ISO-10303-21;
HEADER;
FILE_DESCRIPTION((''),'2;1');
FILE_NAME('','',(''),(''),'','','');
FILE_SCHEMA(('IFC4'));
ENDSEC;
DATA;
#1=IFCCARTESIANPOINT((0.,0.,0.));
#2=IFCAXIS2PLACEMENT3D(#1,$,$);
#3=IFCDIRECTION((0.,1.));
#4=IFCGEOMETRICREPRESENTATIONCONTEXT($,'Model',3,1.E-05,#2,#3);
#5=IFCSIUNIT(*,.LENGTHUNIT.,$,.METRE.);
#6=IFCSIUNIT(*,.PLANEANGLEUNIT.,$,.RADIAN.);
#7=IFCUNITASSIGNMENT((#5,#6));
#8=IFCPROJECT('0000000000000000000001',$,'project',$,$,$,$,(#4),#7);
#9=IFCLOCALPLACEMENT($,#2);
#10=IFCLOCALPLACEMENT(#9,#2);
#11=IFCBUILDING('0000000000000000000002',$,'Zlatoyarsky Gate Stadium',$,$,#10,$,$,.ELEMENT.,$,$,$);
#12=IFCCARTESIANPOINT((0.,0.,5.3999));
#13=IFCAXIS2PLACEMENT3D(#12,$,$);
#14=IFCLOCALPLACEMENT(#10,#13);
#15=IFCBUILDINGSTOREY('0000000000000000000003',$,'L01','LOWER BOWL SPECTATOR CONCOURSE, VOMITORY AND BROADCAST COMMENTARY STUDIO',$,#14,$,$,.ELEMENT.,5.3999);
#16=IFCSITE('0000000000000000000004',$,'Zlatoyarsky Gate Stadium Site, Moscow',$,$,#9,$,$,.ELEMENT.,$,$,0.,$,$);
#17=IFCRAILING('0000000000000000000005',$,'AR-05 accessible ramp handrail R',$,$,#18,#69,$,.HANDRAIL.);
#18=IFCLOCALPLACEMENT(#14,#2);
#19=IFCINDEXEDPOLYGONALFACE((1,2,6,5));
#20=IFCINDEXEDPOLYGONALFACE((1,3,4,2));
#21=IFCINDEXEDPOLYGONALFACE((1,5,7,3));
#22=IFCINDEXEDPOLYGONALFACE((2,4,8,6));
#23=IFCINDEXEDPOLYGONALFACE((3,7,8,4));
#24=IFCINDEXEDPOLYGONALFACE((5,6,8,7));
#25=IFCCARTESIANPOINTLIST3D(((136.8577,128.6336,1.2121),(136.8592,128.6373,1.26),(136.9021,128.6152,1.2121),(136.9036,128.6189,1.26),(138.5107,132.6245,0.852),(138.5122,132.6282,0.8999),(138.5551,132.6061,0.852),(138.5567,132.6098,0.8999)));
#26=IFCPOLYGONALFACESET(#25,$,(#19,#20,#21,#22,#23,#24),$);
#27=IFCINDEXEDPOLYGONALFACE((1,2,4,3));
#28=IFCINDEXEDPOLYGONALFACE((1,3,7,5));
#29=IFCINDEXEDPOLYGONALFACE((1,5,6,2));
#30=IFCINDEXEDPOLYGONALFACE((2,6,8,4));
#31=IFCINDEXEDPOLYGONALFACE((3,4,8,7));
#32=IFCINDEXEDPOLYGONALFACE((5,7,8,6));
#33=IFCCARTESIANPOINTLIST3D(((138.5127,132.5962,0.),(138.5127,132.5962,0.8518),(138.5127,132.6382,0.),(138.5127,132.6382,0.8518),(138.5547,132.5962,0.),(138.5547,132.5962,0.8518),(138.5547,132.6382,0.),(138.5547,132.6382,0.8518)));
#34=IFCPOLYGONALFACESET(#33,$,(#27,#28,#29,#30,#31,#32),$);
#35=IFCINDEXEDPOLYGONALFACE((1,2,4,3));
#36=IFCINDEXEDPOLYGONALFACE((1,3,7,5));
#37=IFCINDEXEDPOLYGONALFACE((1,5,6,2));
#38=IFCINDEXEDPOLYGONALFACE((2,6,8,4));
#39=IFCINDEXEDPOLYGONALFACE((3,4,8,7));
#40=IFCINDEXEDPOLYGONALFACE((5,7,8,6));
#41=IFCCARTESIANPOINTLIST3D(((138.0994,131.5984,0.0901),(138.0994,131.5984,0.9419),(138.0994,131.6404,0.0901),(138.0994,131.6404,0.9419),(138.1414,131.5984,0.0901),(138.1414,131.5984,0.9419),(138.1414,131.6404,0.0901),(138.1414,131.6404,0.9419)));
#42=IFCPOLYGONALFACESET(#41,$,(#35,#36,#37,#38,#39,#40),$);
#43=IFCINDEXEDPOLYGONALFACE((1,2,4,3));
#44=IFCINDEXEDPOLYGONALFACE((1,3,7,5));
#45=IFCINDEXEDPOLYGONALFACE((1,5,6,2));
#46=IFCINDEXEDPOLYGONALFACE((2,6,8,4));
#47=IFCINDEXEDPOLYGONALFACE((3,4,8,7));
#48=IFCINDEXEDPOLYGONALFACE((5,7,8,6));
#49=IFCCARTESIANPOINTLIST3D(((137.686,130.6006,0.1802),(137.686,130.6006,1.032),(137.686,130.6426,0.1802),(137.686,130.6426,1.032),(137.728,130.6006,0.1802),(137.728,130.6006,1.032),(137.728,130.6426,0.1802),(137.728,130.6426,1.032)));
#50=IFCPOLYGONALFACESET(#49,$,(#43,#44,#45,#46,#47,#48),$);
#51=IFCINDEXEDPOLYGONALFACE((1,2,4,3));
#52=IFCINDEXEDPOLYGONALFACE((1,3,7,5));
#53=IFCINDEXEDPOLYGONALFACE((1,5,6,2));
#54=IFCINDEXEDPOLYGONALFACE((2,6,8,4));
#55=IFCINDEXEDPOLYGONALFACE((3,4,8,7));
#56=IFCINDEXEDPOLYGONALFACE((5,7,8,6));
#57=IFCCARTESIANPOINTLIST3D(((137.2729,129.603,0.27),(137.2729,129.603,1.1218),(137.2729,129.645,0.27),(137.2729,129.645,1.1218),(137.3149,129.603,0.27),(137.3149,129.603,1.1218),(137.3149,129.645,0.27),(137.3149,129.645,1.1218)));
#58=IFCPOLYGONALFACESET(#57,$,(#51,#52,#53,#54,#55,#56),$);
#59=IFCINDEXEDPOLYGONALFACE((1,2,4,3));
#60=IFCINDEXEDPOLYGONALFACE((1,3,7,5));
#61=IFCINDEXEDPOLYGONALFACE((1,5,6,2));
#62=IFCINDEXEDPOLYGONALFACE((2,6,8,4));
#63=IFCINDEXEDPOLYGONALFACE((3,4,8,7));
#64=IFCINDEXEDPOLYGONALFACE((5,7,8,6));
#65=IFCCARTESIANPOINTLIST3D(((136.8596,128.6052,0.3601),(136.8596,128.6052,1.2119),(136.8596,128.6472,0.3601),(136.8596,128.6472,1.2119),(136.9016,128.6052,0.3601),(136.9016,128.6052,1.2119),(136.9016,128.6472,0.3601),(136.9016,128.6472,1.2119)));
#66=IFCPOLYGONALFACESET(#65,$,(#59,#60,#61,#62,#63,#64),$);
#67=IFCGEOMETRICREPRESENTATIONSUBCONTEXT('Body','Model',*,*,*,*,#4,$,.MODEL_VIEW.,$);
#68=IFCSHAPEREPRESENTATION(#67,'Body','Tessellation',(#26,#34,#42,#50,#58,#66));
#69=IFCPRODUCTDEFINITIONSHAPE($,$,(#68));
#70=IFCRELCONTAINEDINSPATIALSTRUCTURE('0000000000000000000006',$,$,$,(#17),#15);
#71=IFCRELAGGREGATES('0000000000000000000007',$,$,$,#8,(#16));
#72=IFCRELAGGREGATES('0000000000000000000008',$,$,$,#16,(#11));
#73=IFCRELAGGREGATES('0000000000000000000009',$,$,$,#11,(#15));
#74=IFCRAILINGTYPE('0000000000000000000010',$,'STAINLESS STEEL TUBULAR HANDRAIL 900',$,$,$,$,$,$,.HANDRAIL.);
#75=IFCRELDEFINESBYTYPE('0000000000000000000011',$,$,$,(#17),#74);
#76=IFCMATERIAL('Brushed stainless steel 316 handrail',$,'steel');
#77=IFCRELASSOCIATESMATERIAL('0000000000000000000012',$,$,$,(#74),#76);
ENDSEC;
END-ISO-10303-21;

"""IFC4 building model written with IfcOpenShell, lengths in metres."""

from ifc_helpers import new_model, si_unit, direction, frame, origin, origin_2d, place, context, subcontext, project, spatial, rectangle, extrude, material, type_object, element, save


model = new_model("IFC4")

# Units and contexts
model_context = context("Model", 3, precision=1e-05, world=origin(), true_north=direction((0.0, 1.0)))
body_context = subcontext(model_context, "Body", "Model", "MODEL_VIEW")
ifc_project = project(units=[si_unit("LENGTHUNIT", "METRE"), si_unit("PLANEANGLEUNIT", "RADIAN")], contexts=[model_context])

# Site, building, storey
site_placement = place(None, origin())
site = spatial("IfcSite", under=ifc_project, at=site_placement, Name="Zlatoyarsky Gate Stadium Site, Moscow", CompositionType="ELEMENT", RefElevation=0.0)
building_placement = place(site_placement, origin())
building = spatial("IfcBuilding", under=site, at=building_placement, Name="Zlatoyarsky Gate Stadium", CompositionType="ELEMENT")
storey_placement = place(building_placement, frame((0.0, 0.0, 5.3999)))
storey = spatial("IfcBuildingStorey", under=building, at=storey_placement, Name="L01", Description="LOWER BOWL SPECTATOR CONCOURSE, VOMITORY AND BROADCAST COMMENTARY STUDIO", CompositionType="ELEMENT", Elevation=5.3999)

# Railing
ifc_material_1 = material(Name="Brushed stainless steel 316 handrail", Category="steel")
railing_type_1 = type_object("IfcRailingType", Name="STAINLESS STEEL TUBULAR HANDRAIL 900", PredefinedType="HANDRAIL", material=ifc_material_1)
railing_1_placement = place(storey_placement, frame((138.5337, 132.6172, 0.0)))
element("IfcRailing", 1, at=railing_1_placement, inside=storey, type_object=railing_type_1, Name="AR-05 accessible ramp handrail R", PredefinedType="HANDRAIL", context=body_context, shape_type="SweptSolid", body=[
    extrude(rectangle(XDim=0.0481, YDim=0.0481, at=origin_2d()), frame((0.0, 0.0, 0.876), z_axis=(-0.381353, -0.920689, 0.083074), x_axis=(0.923883, -0.382676, 0.0)), (0.0, 0.0, 1.0), 4.3347),
    extrude(rectangle(XDim=0.042, YDim=0.042, at=origin_2d()), origin(), (0.0, 0.0, 1.0), 0.8518),
    extrude(rectangle(XDim=0.042, YDim=0.042, at=origin_2d()), frame((-0.4133, -0.9978, 0.0901)), (0.0, 0.0, 1.0), 0.8518),
    extrude(rectangle(XDim=0.042, YDim=0.042, at=origin_2d()), frame((-0.8267, -1.9956, 0.1802)), (0.0, 0.0, 1.0), 0.8518),
    extrude(rectangle(XDim=0.042, YDim=0.042, at=origin_2d()), frame((-1.2397, -2.9932, 0.27)), (0.0, 0.0, 1.0), 0.8518),
    extrude(rectangle(XDim=0.042, YDim=0.042, at=origin_2d()), frame((-1.6531, -3.991, 0.3601)), (0.0, 0.0, 1.0), 0.8518),
])

save(model, "model.ifc")
